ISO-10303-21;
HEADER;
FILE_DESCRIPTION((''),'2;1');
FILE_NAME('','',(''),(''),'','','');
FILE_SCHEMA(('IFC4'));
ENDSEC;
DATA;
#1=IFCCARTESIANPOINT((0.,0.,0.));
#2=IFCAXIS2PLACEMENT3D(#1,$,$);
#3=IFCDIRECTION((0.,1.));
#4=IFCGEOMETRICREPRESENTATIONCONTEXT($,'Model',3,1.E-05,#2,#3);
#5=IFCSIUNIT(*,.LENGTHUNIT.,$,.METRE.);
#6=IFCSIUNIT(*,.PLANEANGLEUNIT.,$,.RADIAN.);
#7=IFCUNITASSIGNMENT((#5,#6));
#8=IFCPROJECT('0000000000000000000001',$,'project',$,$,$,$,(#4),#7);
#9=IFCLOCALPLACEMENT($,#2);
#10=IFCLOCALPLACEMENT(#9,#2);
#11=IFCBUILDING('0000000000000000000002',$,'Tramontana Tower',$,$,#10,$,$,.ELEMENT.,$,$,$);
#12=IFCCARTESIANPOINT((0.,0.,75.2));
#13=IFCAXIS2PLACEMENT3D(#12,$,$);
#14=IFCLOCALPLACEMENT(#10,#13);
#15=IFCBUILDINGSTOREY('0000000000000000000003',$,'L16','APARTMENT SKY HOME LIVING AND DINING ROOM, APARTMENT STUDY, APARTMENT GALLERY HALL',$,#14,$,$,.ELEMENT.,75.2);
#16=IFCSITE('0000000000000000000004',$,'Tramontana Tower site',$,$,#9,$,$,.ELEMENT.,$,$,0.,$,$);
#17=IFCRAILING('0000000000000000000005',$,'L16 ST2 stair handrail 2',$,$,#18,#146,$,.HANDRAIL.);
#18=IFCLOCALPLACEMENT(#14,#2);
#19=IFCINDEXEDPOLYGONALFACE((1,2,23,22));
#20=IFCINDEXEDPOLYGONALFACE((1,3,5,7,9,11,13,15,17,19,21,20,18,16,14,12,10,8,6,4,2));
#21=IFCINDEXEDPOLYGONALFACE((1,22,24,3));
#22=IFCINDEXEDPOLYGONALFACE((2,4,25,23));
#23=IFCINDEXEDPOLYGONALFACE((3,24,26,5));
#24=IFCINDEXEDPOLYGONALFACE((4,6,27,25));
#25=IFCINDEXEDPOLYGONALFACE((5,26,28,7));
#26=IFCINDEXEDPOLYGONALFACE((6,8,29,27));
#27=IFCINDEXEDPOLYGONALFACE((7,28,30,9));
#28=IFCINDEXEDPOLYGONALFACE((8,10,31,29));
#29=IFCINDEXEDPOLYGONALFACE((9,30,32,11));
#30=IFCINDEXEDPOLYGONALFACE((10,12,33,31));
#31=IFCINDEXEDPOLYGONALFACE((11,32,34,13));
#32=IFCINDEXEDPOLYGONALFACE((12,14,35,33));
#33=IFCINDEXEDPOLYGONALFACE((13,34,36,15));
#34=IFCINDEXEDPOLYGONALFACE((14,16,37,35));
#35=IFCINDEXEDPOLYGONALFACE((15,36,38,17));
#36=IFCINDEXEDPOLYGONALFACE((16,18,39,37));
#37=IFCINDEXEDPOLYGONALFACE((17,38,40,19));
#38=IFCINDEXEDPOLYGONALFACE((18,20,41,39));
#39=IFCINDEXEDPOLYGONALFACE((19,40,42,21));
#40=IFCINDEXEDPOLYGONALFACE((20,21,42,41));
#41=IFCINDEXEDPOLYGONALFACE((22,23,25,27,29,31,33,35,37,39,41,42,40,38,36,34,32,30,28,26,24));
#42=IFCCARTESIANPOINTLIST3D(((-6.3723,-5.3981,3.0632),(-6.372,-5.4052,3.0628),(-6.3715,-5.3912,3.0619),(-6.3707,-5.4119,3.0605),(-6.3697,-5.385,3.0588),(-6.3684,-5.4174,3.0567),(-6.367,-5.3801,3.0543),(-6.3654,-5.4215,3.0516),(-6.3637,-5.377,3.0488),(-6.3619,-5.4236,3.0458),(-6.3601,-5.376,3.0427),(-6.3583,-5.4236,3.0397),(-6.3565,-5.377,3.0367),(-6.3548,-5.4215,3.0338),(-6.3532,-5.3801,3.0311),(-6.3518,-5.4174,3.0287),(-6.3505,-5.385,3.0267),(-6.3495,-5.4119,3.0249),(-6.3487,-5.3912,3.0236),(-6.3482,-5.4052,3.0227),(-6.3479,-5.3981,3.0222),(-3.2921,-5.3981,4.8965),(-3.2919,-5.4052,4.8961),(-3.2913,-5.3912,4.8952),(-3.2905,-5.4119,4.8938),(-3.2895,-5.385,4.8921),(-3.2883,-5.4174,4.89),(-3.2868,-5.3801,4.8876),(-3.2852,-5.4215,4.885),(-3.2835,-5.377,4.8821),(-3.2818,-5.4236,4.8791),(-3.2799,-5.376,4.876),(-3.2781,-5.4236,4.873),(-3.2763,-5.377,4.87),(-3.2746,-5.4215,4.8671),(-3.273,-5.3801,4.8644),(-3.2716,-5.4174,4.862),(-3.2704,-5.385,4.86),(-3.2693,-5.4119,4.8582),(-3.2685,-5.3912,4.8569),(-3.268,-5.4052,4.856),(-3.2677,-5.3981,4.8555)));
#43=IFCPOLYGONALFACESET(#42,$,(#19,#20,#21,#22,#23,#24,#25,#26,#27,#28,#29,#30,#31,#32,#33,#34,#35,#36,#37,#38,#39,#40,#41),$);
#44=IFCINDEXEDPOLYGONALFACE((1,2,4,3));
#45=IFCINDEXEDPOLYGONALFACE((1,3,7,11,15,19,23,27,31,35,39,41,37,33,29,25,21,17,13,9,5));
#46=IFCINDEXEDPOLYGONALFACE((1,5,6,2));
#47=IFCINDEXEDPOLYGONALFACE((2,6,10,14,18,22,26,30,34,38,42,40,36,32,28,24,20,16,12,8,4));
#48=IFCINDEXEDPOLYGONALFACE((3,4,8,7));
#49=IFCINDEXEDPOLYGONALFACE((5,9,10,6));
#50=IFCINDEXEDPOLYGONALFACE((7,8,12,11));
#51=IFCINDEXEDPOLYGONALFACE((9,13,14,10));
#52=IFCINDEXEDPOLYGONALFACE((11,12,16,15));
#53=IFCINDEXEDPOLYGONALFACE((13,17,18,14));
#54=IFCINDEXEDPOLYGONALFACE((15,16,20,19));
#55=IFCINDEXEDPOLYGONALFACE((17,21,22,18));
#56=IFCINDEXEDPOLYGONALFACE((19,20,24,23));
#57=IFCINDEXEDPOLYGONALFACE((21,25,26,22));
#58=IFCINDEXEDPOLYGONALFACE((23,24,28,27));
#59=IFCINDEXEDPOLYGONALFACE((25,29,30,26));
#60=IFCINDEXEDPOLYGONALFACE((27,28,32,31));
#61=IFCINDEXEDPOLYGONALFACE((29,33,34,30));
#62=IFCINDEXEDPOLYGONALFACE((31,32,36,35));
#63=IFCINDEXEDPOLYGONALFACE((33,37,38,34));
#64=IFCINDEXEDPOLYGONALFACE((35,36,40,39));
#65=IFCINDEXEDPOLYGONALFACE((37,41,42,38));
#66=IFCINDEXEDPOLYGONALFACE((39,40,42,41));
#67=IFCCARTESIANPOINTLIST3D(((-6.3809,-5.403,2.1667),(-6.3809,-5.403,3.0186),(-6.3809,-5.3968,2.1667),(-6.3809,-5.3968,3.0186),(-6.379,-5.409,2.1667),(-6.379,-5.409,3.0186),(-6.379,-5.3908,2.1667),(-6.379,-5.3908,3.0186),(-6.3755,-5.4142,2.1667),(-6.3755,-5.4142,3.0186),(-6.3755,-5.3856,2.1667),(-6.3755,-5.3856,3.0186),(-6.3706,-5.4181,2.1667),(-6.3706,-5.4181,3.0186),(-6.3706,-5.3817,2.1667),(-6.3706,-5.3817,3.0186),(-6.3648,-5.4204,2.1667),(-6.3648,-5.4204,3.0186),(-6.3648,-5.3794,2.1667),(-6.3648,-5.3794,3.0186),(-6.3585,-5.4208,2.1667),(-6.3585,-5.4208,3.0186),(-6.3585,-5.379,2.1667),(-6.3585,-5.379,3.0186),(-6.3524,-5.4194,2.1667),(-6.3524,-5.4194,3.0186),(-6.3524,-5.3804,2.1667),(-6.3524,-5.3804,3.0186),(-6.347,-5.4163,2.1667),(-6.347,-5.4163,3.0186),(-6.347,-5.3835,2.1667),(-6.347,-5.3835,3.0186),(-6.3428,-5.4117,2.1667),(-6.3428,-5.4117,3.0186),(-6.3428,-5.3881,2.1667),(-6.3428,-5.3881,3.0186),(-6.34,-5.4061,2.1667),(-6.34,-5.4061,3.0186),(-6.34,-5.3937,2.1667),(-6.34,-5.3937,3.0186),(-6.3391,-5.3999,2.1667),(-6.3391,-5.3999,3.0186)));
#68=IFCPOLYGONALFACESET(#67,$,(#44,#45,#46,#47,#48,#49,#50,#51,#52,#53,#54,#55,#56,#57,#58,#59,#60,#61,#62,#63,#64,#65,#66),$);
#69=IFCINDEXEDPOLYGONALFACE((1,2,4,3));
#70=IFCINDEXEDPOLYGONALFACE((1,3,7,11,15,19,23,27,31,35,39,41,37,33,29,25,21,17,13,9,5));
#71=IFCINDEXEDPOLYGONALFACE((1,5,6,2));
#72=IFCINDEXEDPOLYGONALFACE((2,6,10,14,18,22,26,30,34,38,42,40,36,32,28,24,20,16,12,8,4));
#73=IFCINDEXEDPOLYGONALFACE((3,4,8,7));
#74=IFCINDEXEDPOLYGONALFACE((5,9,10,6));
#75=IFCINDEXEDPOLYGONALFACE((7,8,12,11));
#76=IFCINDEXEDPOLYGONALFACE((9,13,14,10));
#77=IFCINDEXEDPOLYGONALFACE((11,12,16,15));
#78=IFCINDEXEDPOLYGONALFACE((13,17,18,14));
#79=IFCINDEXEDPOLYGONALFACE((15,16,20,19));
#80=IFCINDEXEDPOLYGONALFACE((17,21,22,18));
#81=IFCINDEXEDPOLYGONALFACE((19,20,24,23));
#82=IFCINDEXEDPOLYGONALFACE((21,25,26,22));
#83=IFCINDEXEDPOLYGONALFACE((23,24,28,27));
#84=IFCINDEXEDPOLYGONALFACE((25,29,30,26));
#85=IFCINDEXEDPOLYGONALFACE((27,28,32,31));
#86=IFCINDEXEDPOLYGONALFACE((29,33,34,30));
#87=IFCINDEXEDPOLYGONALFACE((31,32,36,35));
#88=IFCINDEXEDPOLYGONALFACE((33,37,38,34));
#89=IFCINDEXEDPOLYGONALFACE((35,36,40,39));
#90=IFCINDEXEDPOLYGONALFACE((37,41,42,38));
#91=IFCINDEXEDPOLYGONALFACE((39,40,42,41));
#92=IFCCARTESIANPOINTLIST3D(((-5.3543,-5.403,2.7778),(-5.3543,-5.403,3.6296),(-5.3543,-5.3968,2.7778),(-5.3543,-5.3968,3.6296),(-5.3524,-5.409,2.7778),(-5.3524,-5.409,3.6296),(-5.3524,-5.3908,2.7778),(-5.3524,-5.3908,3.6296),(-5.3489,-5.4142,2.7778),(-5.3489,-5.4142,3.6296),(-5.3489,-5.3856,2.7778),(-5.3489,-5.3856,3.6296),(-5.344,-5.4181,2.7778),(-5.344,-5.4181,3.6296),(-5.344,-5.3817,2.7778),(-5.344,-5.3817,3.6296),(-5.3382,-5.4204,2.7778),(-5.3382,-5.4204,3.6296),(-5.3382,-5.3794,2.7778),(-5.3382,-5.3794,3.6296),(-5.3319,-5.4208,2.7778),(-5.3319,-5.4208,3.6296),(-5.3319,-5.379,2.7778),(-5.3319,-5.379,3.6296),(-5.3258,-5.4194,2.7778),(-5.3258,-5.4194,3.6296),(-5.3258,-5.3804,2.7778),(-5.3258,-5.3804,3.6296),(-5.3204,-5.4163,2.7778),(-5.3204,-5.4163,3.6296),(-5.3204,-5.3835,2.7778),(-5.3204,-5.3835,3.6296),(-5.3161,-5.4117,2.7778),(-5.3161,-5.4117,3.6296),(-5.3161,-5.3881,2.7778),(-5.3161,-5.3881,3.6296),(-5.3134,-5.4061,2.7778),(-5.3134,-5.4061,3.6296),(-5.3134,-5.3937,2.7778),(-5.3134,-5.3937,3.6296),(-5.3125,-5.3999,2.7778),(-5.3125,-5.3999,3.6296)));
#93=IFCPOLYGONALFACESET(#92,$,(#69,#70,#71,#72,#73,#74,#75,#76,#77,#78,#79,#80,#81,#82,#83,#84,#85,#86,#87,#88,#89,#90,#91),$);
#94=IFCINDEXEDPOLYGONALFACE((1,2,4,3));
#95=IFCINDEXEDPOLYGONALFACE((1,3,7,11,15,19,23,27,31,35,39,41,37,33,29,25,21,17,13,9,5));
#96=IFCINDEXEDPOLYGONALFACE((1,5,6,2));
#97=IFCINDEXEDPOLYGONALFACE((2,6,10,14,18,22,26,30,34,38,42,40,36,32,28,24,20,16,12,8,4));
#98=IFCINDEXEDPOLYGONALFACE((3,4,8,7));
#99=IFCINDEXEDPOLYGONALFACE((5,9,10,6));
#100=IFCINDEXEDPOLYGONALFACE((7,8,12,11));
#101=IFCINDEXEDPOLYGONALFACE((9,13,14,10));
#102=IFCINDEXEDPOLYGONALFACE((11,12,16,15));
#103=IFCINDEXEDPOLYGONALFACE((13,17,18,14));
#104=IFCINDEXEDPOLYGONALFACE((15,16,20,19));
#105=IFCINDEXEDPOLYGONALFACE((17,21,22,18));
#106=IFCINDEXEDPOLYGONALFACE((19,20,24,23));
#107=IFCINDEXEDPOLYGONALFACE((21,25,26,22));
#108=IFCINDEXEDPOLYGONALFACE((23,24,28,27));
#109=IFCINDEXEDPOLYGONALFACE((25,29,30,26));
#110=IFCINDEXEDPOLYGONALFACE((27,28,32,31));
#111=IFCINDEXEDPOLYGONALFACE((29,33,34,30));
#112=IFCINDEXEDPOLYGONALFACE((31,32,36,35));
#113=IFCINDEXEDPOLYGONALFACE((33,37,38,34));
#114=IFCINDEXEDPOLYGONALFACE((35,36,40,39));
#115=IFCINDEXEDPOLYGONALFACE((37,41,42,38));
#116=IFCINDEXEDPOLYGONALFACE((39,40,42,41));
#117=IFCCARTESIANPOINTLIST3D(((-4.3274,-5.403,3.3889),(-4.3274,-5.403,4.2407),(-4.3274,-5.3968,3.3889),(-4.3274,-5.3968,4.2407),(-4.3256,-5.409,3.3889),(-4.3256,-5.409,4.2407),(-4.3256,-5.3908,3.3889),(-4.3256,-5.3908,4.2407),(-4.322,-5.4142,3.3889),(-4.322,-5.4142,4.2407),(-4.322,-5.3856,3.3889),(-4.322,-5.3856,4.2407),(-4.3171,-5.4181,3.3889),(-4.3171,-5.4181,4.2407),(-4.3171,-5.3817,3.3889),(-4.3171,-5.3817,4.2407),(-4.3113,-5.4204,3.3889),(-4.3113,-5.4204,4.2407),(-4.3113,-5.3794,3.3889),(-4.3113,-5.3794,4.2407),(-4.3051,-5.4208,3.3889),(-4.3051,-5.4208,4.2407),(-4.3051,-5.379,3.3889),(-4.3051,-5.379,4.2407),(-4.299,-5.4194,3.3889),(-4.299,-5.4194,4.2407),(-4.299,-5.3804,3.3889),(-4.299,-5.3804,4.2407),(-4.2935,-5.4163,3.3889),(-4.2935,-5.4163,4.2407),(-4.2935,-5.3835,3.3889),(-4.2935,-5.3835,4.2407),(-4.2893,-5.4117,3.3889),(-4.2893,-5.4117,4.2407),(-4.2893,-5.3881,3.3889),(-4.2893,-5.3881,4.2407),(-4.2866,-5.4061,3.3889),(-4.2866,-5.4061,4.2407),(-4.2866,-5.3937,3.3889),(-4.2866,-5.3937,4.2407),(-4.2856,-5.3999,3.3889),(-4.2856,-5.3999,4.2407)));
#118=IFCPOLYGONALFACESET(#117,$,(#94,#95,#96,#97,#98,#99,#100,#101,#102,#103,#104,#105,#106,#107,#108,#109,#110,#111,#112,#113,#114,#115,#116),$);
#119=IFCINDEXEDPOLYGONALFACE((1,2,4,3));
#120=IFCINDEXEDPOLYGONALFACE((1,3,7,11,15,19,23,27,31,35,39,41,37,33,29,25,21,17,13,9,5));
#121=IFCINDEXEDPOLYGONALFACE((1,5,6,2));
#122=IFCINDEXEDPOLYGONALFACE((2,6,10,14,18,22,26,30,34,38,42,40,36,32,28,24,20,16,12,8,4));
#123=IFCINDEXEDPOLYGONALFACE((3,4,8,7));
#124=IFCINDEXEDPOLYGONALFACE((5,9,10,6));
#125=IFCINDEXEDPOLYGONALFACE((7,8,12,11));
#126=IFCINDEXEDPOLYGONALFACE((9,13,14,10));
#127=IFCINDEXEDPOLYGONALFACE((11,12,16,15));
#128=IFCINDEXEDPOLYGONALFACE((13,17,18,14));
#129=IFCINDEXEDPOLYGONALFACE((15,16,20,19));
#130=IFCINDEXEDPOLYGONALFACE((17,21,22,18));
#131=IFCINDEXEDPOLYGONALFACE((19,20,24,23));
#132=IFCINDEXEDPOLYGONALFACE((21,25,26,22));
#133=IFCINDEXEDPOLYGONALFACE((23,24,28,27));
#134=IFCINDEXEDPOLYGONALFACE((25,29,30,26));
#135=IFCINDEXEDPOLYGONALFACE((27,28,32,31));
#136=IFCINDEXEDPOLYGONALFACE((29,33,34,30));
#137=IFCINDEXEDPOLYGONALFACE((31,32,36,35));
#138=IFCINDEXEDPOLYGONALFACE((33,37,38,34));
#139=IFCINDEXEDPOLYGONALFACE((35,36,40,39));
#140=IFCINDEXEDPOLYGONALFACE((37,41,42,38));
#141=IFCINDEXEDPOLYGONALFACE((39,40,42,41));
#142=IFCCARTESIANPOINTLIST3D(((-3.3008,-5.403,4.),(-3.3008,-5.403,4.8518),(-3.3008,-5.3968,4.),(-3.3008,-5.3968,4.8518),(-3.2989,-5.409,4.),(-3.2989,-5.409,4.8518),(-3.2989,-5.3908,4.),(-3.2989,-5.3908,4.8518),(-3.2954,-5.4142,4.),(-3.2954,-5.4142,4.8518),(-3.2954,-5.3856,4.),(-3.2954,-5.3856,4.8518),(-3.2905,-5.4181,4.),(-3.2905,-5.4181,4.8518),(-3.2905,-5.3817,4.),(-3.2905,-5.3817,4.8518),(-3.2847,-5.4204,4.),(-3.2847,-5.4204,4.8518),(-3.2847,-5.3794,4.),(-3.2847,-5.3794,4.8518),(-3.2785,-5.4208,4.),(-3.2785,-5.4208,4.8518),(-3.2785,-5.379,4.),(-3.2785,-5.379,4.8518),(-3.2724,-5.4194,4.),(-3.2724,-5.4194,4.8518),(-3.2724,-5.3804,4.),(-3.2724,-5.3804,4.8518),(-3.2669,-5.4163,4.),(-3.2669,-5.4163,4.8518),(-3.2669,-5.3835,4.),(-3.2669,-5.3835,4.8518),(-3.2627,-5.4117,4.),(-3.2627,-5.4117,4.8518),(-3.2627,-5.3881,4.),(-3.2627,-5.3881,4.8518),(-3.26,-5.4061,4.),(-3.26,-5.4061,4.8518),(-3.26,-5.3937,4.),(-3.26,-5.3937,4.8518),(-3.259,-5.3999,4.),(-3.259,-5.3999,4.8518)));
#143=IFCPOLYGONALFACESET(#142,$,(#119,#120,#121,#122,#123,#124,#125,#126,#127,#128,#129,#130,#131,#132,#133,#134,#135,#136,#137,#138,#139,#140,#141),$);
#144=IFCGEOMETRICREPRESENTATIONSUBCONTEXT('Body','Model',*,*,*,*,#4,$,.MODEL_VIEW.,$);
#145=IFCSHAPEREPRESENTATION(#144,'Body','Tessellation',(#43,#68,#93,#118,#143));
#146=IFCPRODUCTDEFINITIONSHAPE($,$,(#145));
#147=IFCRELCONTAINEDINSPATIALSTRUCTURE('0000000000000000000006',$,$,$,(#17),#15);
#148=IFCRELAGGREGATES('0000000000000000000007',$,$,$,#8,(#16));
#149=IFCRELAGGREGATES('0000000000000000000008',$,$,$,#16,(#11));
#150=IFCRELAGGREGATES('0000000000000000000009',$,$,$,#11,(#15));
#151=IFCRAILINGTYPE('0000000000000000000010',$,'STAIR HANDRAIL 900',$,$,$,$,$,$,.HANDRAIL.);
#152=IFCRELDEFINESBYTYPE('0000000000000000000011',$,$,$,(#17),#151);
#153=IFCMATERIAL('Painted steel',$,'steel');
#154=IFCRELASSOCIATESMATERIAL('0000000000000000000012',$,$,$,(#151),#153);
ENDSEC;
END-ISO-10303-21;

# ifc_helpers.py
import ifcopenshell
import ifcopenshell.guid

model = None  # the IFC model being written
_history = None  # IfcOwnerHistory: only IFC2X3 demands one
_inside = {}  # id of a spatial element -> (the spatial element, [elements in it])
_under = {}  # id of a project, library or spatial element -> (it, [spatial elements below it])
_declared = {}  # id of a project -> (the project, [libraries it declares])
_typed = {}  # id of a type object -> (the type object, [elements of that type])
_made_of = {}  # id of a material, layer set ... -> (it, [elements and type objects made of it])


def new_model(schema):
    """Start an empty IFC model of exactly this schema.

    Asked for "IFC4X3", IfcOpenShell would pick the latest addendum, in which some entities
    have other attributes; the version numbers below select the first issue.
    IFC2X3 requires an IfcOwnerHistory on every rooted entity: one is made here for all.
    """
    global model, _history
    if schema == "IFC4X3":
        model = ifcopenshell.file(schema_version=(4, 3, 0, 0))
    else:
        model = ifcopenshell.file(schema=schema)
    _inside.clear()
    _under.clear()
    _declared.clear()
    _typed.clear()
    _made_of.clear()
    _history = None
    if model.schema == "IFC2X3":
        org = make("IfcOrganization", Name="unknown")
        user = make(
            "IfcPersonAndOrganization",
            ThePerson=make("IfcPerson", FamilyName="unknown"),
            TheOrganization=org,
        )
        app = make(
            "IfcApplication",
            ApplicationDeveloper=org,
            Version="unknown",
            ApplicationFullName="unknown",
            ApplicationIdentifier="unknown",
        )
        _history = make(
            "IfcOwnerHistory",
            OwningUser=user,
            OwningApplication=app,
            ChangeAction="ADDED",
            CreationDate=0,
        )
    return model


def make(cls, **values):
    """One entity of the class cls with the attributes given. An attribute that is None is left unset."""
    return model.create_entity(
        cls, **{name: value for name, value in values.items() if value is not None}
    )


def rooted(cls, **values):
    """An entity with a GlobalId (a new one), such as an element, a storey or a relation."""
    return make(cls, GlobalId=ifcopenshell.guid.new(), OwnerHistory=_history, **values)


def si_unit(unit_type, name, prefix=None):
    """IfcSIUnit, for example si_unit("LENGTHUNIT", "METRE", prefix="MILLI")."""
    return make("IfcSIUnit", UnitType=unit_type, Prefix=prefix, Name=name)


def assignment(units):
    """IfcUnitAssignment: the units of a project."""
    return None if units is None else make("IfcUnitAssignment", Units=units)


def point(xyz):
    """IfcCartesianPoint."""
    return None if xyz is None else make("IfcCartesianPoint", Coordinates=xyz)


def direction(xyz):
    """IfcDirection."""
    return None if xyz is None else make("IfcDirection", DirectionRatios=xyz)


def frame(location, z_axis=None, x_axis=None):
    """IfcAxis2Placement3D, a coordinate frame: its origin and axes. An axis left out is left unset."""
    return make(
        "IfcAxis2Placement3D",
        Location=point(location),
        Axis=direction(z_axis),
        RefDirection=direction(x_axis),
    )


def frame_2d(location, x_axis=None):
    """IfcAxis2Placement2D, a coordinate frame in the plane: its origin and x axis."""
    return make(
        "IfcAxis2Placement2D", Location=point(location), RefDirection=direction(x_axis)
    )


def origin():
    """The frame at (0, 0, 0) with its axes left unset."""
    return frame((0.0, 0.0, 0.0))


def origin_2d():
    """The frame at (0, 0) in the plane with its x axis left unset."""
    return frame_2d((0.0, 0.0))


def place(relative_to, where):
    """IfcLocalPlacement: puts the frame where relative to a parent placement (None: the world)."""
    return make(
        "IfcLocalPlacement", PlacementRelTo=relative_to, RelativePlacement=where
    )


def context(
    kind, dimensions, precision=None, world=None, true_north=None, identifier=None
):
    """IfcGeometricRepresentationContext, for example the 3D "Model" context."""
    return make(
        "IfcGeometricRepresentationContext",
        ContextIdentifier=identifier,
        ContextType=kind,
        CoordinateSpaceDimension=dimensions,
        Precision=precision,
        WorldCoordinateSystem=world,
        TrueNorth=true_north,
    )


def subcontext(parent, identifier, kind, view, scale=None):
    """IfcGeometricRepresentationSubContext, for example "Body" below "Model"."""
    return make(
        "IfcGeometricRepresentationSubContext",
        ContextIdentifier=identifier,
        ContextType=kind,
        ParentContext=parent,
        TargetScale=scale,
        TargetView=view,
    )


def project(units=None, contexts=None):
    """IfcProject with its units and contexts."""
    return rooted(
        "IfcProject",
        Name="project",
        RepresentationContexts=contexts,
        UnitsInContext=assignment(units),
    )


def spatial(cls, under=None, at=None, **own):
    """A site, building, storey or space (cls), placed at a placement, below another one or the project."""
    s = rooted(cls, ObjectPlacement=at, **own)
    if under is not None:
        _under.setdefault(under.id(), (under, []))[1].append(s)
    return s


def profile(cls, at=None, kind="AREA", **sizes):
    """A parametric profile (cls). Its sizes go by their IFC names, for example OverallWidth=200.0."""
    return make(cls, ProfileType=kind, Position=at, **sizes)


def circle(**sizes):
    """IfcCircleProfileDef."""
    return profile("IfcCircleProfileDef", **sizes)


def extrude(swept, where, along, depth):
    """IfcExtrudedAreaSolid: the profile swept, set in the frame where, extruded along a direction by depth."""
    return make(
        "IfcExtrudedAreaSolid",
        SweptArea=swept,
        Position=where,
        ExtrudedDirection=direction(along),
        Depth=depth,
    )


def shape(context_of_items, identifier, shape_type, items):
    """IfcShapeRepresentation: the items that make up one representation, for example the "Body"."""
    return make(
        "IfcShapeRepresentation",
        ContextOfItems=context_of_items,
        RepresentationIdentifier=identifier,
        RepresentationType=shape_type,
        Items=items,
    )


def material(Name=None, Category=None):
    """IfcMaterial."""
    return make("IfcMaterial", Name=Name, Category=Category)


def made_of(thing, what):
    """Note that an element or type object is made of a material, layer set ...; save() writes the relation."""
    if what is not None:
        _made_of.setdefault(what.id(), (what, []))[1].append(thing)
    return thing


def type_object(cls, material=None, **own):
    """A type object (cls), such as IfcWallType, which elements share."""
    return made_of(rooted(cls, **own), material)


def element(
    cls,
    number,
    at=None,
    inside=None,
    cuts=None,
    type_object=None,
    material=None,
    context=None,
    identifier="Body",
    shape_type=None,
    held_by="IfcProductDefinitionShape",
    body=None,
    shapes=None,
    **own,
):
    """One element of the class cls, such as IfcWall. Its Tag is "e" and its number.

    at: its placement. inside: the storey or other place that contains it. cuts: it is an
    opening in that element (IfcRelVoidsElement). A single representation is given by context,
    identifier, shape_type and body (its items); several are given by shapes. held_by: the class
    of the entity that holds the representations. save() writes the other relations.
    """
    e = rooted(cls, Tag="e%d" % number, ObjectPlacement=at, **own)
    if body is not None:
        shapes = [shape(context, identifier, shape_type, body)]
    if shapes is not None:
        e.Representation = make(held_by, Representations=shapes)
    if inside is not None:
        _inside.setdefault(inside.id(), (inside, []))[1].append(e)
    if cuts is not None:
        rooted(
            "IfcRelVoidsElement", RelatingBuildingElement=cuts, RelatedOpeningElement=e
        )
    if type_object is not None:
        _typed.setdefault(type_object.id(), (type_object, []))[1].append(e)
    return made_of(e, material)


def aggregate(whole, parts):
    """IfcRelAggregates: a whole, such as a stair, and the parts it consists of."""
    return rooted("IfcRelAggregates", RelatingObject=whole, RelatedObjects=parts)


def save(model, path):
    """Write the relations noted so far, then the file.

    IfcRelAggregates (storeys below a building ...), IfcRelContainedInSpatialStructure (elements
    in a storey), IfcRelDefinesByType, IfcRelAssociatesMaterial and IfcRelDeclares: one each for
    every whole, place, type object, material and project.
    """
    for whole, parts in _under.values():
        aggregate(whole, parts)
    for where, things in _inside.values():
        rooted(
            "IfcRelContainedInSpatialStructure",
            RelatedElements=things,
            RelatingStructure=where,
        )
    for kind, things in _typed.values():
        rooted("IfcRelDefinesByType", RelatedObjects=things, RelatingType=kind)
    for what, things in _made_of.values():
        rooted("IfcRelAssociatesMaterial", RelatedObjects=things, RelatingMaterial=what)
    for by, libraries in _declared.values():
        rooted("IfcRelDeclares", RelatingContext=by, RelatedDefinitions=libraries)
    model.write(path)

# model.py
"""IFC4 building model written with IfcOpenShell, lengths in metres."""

from ifc_helpers import new_model, si_unit, direction, frame, origin, origin_2d, place, context, subcontext, project, spatial, circle, extrude, material, type_object, element, save


model = new_model("IFC4")

# Units and contexts
model_context = context("Model", 3, precision=1e-05, world=origin(), true_north=direction((0.0, 1.0)))
body_context = subcontext(model_context, "Body", "Model", "MODEL_VIEW")
ifc_project = project(units=[si_unit("LENGTHUNIT", "METRE"), si_unit("PLANEANGLEUNIT", "RADIAN")], contexts=[model_context])

# Site, building, storey
site_placement = place(None, origin())
site = spatial("IfcSite", under=ifc_project, at=site_placement, Name="Tramontana Tower site", CompositionType="ELEMENT", RefElevation=0.0)
building_placement = place(site_placement, origin())
building = spatial("IfcBuilding", under=site, at=building_placement, Name="Tramontana Tower", CompositionType="ELEMENT")
storey_placement = place(building_placement, frame((0.0, 0.0, 75.2)))
storey = spatial("IfcBuildingStorey", under=building, at=storey_placement, Name="L16", Description="APARTMENT SKY HOME LIVING AND DINING ROOM, APARTMENT STUDY, APARTMENT GALLERY HALL", CompositionType="ELEMENT", Elevation=75.2)

# Railing
ifc_material_1 = material(Name="Painted steel", Category="steel")
railing_type_1 = type_object("IfcRailingType", Name="STAIR HANDRAIL 900", PredefinedType="HANDRAIL", material=ifc_material_1)
railing_1_placement = place(storey_placement, frame((-6.3601, -5.3999, 2.1667)))
element("IfcRailing", 1, at=railing_1_placement, inside=storey, type_object=railing_type_1, Name="L16 ST2 stair handrail 2", PredefinedType="HANDRAIL", context=body_context, shape_type="SweptSolid", body=[
    extrude(circle(Radius=0.0239, at=origin_2d()), frame((0.0, 0.0, 0.876), z_axis=(0.859309, 0.0, 0.511458), x_axis=(0.0, 1.0, 0.0)), (0.0, 0.0, 1.0), 3.5845),
    extrude(circle(Radius=0.021, at=origin_2d()), origin(), (0.0, 0.0, 1.0), 0.8518),
    extrude(circle(Radius=0.021, at=origin_2d()), frame((1.0266, 0.0, 0.6111)), (0.0, 0.0, 1.0), 0.8518),
    extrude(circle(Radius=0.021, at=origin_2d()), frame((2.0535, 0.0, 1.2222)), (0.0, 0.0, 1.0), 0.8518),
    extrude(circle(Radius=0.021, at=origin_2d()), frame((3.0801, 0.0, 1.8333)), (0.0, 0.0, 1.0), 0.8518),
])

save(model, "model.ifc")
